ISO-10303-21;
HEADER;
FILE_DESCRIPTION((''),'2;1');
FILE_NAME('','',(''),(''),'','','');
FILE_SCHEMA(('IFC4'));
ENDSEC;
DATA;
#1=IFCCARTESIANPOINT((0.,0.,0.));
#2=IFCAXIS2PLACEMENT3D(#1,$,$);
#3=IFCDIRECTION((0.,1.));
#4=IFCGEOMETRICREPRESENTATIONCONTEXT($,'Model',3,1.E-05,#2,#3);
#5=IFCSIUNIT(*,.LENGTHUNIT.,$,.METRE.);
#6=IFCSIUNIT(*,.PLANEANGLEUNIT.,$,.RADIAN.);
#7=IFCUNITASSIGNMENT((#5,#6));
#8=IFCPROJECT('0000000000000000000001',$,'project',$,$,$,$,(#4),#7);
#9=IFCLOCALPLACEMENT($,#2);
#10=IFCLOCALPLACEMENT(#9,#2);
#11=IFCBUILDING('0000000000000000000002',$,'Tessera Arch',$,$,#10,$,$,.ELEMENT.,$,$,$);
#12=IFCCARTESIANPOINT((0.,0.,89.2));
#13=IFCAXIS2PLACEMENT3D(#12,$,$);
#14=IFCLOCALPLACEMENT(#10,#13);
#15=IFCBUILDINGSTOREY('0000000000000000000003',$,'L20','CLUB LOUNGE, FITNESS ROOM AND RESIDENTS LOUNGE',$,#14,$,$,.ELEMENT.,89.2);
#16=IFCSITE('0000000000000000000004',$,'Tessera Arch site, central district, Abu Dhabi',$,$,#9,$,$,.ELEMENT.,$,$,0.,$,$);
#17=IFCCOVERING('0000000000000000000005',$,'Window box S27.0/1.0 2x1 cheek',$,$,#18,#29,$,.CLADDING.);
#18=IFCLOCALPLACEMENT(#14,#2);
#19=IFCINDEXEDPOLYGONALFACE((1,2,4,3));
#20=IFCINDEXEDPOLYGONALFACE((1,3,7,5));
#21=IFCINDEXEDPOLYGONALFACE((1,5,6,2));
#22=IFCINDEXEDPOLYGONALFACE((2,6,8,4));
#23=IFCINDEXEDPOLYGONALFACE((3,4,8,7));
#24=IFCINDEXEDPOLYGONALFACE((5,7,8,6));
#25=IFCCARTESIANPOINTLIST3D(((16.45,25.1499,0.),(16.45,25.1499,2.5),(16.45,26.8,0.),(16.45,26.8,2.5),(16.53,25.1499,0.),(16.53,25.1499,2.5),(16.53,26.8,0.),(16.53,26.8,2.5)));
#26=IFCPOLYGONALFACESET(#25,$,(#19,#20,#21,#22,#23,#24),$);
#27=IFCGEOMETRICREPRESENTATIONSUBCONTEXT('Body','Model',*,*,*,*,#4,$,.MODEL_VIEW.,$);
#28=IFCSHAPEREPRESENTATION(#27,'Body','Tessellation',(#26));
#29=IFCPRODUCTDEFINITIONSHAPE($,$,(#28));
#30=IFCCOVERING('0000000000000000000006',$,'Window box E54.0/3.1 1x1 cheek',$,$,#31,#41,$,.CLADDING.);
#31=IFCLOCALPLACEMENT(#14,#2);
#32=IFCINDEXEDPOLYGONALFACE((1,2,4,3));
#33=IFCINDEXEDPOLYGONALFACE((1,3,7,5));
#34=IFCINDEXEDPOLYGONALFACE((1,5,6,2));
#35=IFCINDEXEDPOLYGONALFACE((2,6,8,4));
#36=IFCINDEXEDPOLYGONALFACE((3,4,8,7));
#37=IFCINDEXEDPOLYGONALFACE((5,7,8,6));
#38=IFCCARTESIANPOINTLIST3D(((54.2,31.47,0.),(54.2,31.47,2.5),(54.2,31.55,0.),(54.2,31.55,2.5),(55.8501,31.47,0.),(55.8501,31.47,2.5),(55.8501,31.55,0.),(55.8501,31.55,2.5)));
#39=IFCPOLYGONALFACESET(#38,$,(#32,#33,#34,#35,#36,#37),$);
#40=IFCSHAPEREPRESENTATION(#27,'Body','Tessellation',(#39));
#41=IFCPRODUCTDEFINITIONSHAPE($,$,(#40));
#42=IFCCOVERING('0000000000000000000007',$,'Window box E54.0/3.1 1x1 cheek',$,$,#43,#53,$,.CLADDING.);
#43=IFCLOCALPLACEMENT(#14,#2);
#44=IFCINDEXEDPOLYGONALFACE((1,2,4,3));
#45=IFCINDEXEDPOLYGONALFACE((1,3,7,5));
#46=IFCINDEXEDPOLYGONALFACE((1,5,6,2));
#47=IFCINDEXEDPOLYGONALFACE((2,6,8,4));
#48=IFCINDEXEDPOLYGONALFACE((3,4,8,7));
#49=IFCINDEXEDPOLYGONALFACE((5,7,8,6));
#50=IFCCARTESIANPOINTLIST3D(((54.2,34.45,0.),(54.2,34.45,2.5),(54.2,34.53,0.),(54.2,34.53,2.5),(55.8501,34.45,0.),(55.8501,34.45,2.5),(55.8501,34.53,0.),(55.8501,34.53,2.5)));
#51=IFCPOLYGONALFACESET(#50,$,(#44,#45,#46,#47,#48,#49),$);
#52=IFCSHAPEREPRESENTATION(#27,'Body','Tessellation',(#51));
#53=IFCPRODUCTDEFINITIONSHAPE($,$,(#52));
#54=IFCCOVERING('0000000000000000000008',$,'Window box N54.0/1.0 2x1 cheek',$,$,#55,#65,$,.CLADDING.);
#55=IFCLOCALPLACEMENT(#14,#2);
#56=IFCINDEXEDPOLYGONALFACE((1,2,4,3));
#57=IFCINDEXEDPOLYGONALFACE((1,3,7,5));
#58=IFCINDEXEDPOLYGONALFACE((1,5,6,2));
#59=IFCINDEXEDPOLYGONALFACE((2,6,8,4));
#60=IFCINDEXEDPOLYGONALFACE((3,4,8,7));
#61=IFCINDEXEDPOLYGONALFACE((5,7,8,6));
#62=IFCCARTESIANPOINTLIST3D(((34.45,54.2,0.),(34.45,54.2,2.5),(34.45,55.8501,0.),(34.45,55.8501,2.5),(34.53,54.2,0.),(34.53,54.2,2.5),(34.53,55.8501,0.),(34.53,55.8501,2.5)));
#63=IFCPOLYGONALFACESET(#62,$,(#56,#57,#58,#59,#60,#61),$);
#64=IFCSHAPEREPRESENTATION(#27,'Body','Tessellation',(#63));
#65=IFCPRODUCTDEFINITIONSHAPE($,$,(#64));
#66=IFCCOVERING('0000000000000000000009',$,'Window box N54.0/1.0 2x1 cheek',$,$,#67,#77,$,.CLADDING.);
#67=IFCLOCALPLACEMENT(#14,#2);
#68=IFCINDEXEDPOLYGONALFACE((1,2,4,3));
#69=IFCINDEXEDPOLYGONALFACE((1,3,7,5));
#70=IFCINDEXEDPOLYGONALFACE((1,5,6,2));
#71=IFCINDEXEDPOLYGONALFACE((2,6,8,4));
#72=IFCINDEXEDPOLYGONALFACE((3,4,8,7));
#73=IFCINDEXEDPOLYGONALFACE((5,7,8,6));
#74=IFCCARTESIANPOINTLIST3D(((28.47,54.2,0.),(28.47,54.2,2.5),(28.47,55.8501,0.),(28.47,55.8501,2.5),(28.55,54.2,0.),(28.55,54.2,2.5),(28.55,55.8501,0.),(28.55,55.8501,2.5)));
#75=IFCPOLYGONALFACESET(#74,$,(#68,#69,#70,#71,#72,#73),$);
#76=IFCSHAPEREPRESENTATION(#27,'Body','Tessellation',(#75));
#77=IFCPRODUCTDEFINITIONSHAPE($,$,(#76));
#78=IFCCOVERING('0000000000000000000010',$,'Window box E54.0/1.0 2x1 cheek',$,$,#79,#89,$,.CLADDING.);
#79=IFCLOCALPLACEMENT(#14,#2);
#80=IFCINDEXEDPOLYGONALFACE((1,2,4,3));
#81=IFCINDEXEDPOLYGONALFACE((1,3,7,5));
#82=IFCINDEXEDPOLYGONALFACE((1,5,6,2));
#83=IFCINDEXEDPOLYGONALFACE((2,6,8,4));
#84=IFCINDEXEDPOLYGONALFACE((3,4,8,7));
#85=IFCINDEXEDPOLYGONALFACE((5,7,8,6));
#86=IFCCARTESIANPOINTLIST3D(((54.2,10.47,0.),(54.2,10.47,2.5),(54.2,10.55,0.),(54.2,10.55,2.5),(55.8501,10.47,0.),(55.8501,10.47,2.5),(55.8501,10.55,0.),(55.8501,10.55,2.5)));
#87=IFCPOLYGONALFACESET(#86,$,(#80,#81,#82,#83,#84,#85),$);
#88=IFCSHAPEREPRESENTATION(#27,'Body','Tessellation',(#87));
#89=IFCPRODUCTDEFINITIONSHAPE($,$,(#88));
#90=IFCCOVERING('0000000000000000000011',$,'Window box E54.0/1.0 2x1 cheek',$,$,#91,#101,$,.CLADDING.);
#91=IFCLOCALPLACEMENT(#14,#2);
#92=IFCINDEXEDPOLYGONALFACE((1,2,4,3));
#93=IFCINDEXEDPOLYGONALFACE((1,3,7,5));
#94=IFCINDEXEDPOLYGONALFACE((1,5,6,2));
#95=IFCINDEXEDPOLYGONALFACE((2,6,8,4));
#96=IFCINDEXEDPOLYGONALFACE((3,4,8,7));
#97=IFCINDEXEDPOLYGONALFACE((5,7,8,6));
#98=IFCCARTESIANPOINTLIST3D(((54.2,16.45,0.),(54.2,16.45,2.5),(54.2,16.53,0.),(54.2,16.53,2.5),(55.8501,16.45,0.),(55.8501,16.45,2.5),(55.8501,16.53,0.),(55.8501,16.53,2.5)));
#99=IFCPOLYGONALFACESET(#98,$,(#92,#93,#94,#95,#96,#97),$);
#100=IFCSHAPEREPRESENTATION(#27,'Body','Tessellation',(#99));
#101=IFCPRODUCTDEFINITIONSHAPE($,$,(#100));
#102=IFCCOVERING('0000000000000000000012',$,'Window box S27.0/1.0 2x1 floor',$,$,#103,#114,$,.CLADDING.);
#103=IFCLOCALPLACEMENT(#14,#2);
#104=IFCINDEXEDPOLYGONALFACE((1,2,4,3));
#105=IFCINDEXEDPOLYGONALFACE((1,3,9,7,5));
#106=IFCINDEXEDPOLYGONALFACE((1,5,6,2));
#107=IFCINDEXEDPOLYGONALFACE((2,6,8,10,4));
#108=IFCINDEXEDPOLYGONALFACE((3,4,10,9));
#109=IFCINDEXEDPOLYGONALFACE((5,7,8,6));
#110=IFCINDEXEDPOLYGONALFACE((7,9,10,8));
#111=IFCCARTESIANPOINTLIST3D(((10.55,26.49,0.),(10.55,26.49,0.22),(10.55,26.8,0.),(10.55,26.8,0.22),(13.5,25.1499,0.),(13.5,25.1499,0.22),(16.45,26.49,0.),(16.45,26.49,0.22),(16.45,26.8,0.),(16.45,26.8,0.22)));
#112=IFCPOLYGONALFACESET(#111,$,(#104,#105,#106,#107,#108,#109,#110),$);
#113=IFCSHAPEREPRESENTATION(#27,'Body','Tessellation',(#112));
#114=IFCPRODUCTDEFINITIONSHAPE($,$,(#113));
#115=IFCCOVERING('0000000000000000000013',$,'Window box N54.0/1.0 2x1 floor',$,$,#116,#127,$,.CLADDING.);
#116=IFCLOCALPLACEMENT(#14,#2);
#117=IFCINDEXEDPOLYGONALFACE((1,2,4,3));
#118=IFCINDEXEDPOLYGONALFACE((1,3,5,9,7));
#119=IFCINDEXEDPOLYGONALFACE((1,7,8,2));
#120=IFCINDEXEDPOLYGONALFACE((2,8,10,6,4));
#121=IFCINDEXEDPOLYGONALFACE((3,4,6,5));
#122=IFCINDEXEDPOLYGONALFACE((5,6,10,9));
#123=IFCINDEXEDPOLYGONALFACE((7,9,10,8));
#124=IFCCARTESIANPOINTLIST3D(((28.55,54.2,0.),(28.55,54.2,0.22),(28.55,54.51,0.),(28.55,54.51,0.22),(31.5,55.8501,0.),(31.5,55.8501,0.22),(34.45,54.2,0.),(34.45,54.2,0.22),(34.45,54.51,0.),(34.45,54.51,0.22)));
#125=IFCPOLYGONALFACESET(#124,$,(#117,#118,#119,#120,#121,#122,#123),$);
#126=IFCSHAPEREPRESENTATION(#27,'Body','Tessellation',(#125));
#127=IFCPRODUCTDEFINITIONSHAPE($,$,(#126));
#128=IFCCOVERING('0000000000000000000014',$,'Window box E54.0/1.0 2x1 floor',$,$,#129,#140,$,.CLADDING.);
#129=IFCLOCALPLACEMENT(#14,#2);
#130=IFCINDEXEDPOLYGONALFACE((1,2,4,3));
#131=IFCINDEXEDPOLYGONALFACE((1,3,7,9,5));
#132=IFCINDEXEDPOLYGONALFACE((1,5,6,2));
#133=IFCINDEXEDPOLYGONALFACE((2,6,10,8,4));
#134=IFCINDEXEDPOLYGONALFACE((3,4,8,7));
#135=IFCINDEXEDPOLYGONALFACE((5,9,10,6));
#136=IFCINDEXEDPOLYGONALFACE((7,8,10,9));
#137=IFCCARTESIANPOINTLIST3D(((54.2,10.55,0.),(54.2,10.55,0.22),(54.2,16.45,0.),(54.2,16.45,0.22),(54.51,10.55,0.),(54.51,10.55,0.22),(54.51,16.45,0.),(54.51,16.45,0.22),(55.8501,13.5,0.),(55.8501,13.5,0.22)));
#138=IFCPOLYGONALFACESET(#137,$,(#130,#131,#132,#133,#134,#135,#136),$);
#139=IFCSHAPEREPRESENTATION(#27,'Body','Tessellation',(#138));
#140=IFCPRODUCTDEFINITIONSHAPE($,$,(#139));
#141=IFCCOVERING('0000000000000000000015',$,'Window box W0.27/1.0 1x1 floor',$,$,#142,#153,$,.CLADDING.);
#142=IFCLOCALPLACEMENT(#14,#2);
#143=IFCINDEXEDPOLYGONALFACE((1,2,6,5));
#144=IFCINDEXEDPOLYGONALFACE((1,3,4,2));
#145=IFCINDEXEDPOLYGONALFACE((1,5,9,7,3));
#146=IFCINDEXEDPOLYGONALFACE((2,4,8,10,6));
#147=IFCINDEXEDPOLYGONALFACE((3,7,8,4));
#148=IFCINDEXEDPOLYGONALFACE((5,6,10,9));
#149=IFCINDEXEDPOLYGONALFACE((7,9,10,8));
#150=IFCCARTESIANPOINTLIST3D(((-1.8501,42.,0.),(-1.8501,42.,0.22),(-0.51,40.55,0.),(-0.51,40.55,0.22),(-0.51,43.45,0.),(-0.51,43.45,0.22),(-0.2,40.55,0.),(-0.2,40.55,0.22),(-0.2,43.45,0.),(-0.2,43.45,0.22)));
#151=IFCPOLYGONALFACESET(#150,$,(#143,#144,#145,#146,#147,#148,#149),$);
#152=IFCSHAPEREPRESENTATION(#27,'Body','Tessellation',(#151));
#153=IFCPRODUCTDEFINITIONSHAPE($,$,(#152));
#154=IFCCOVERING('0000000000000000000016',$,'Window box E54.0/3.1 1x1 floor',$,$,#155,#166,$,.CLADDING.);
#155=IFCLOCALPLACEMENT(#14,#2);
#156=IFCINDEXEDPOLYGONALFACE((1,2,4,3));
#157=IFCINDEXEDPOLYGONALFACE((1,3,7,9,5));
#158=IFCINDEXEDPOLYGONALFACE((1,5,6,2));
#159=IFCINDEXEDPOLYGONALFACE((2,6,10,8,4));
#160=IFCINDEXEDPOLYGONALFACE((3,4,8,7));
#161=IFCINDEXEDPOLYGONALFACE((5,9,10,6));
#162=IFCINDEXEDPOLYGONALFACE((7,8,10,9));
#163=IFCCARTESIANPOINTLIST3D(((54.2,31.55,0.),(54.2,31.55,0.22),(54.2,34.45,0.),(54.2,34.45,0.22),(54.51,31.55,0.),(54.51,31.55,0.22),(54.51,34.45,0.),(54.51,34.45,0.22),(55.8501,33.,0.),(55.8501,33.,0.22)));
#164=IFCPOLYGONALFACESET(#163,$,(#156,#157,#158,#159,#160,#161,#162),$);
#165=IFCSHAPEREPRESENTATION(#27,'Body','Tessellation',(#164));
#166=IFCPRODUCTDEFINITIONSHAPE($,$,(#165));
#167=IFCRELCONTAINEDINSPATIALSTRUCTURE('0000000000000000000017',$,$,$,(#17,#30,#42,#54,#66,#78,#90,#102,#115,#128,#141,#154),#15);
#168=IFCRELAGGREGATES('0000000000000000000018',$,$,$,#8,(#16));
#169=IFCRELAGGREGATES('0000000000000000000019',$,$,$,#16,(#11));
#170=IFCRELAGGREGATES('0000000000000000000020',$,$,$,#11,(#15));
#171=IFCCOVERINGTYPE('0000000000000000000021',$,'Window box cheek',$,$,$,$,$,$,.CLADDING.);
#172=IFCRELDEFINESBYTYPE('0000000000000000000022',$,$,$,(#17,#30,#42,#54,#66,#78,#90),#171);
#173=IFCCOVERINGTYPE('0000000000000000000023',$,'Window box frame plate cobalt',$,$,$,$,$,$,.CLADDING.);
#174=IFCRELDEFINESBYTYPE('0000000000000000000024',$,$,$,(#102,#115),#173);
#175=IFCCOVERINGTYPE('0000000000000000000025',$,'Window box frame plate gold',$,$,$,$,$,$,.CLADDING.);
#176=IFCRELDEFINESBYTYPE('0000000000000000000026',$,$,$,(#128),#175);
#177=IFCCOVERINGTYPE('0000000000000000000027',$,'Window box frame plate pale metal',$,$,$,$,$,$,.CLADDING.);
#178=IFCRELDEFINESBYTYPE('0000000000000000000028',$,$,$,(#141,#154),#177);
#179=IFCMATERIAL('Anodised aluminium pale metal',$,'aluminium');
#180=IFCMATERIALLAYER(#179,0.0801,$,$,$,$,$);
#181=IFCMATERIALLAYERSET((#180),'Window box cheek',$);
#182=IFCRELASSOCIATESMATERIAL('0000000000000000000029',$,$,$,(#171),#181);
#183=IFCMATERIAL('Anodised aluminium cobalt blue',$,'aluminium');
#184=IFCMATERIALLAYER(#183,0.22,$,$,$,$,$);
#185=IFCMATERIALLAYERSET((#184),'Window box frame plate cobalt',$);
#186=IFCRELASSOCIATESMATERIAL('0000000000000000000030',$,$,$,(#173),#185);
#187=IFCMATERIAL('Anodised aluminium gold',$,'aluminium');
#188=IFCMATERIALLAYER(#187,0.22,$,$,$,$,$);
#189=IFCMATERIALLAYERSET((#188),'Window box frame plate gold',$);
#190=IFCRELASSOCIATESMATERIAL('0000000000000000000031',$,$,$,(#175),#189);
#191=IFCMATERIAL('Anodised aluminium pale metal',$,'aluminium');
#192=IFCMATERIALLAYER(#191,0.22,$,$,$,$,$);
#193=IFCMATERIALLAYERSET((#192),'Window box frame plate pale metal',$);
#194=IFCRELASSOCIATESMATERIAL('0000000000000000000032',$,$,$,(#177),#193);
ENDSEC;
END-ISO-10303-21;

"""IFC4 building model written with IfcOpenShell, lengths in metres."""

from ifc_helpers import new_model, si_unit, direction, frame, origin, place, context, subcontext, project, spatial, polyline, outline, extrude, material, layer, layer_set, type_object, element, save


model = new_model("IFC4")

# Units and contexts
model_context = context("Model", 3, precision=1e-05, world=origin(), true_north=direction((0.0, 1.0)))
body_context = subcontext(model_context, "Body", "Model", "MODEL_VIEW")
ifc_project = project(units=[si_unit("LENGTHUNIT", "METRE"), si_unit("PLANEANGLEUNIT", "RADIAN")], contexts=[model_context])

# Site, building, storey
site_placement = place(None, origin())
site = spatial("IfcSite", under=ifc_project, at=site_placement, Name="Tessera Arch site, central district, Abu Dhabi", CompositionType="ELEMENT", RefElevation=0.0)
building_placement = place(site_placement, origin())
building = spatial("IfcBuilding", under=site, at=building_placement, Name="Tessera Arch", CompositionType="ELEMENT")
storey_placement = place(building_placement, frame((0.0, 0.0, 89.2)))
storey = spatial("IfcBuildingStorey", under=building, at=storey_placement, Name="L20", Description="CLUB LOUNGE, FITNESS ROOM AND RESIDENTS LOUNGE", CompositionType="ELEMENT", Elevation=89.2)

# Coverings
ifc_material_1 = material(Name="Anodised aluminium pale metal", Category="aluminium")
ifc_layer_1 = layer(ifc_material_1, 0.0801)
ifc_layer_set_1 = layer_set([ifc_layer_1], Name="Window box cheek")
covering_type_1 = type_object("IfcCoveringType", Name="Window box cheek", PredefinedType="CLADDING", material=ifc_layer_set_1)
covering_1_placement = place(storey_placement, origin())
element("IfcCovering", 1, at=covering_1_placement, inside=storey, type_object=covering_type_1, Name="Window box S27.0/1.0 2x1 cheek", PredefinedType="CLADDING", context=body_context, shape_type="SweptSolid", body=[
    extrude(outline(polyline([(16.45, 25.1499), (16.53, 25.1499), (16.53, 26.8), (16.45, 26.8), (16.45, 25.1499)])), origin(), (0.0, 0.0, 1.0), 2.5),
])
covering_2_placement = place(storey_placement, origin())
element("IfcCovering", 2, at=covering_2_placement, inside=storey, type_object=covering_type_1, Name="Window box E54.0/3.1 1x1 cheek", PredefinedType="CLADDING", context=body_context, shape_type="SweptSolid", body=[
    extrude(outline(polyline([(55.8501, 31.47), (55.8501, 31.55), (54.2, 31.55), (54.2, 31.47), (55.8501, 31.47)])), origin(), (0.0, 0.0, 1.0), 2.5),
])
covering_3_placement = place(storey_placement, origin())
element("IfcCovering", 3, at=covering_3_placement, inside=storey, type_object=covering_type_1, Name="Window box E54.0/3.1 1x1 cheek", PredefinedType="CLADDING", context=body_context, shape_type="SweptSolid", body=[
    extrude(outline(polyline([(55.8501, 34.45), (55.8501, 34.53), (54.2, 34.53), (54.2, 34.45), (55.8501, 34.45)])), origin(), (0.0, 0.0, 1.0), 2.5),
])
covering_4_placement = place(storey_placement, origin())
element("IfcCovering", 4, at=covering_4_placement, inside=storey, type_object=covering_type_1, Name="Window box N54.0/1.0 2x1 cheek", PredefinedType="CLADDING", context=body_context, shape_type="SweptSolid", body=[
    extrude(outline(polyline([(34.53, 55.8501), (34.45, 55.8501), (34.45, 54.2), (34.53, 54.2), (34.53, 55.8501)])), origin(), (0.0, 0.0, 1.0), 2.5),
])
covering_5_placement = place(storey_placement, origin())
element("IfcCovering", 5, at=covering_5_placement, inside=storey, type_object=covering_type_1, Name="Window box N54.0/1.0 2x1 cheek", PredefinedType="CLADDING", context=body_context, shape_type="SweptSolid", body=[
    extrude(outline(polyline([(28.55, 55.8501), (28.47, 55.8501), (28.47, 54.2), (28.55, 54.2), (28.55, 55.8501)])), origin(), (0.0, 0.0, 1.0), 2.5),
])
covering_6_placement = place(storey_placement, origin())
element("IfcCovering", 6, at=covering_6_placement, inside=storey, type_object=covering_type_1, Name="Window box E54.0/1.0 2x1 cheek", PredefinedType="CLADDING", context=body_context, shape_type="SweptSolid", body=[
    extrude(outline(polyline([(55.8501, 10.47), (55.8501, 10.55), (54.2, 10.55), (54.2, 10.47), (55.8501, 10.47)])), origin(), (0.0, 0.0, 1.0), 2.5),
])
covering_7_placement = place(storey_placement, origin())
element("IfcCovering", 7, at=covering_7_placement, inside=storey, type_object=covering_type_1, Name="Window box E54.0/1.0 2x1 cheek", PredefinedType="CLADDING", context=body_context, shape_type="SweptSolid", body=[
    extrude(outline(polyline([(55.8501, 16.45), (55.8501, 16.53), (54.2, 16.53), (54.2, 16.45), (55.8501, 16.45)])), origin(), (0.0, 0.0, 1.0), 2.5),
])
ifc_material_2 = material(Name="Anodised aluminium cobalt blue", Category="aluminium")
ifc_layer_2 = layer(ifc_material_2, 0.22)
ifc_layer_set_2 = layer_set([ifc_layer_2], Name="Window box frame plate cobalt")
covering_type_2 = type_object("IfcCoveringType", Name="Window box frame plate cobalt", PredefinedType="CLADDING", material=ifc_layer_set_2)
covering_8_placement = place(storey_placement, origin())
element("IfcCovering", 8, at=covering_8_placement, inside=storey, type_object=covering_type_2, Name="Window box S27.0/1.0 2x1 floor", PredefinedType="CLADDING", context=body_context, shape_type="SweptSolid", body=[
    extrude(outline(polyline([(10.55, 26.49), (13.5, 25.1499), (16.45, 26.49), (16.45, 26.8), (10.55, 26.8), (10.55, 26.49)])), origin(), (0.0, 0.0, 1.0), 0.22),
])
covering_9_placement = place(storey_placement, origin())
element("IfcCovering", 9, at=covering_9_placement, inside=storey, type_object=covering_type_2, Name="Window box N54.0/1.0 2x1 floor", PredefinedType="CLADDING", context=body_context, shape_type="SweptSolid", body=[
    extrude(outline(polyline([(34.45, 54.51), (31.5, 55.8501), (28.55, 54.51), (28.55, 54.2), (34.45, 54.2), (34.45, 54.51)])), origin(), (0.0, 0.0, 1.0), 0.22),
])
ifc_material_3 = material(Name="Anodised aluminium gold", Category="aluminium")
ifc_layer_3 = layer(ifc_material_3, 0.22)
ifc_layer_set_3 = layer_set([ifc_layer_3], Name="Window box frame plate gold")
covering_type_3 = type_object("IfcCoveringType", Name="Window box frame plate gold", PredefinedType="CLADDING", material=ifc_layer_set_3)
covering_10_placement = place(storey_placement, origin())
element("IfcCovering", 10, at=covering_10_placement, inside=storey, type_object=covering_type_3, Name="Window box E54.0/1.0 2x1 floor", PredefinedType="CLADDING", context=body_context, shape_type="SweptSolid", body=[
    extrude(outline(polyline([(54.51, 10.55), (55.8501, 13.5), (54.51, 16.45), (54.2, 16.45), (54.2, 10.55), (54.51, 10.55)])), origin(), (0.0, 0.0, 1.0), 0.22),
])
ifc_material_4 = material(Name="Anodised aluminium pale metal", Category="aluminium")
ifc_layer_4 = layer(ifc_material_4, 0.22)
ifc_layer_set_4 = layer_set([ifc_layer_4], Name="Window box frame plate pale metal")
covering_type_4 = type_object("IfcCoveringType", Name="Window box frame plate pale metal", PredefinedType="CLADDING", material=ifc_layer_set_4)
covering_11_placement = place(storey_placement, origin())
element("IfcCovering", 11, at=covering_11_placement, inside=storey, type_object=covering_type_4, Name="Window box W0.27/1.0 1x1 floor", PredefinedType="CLADDING", context=body_context, shape_type="SweptSolid", body=[
    extrude(outline(polyline([(-0.51, 43.45), (-1.8501, 42.0), (-0.51, 40.55), (-0.2, 40.55), (-0.2, 43.45), (-0.51, 43.45)])), origin(), (0.0, 0.0, 1.0), 0.22),
])
covering_12_placement = place(storey_placement, origin())
element("IfcCovering", 12, at=covering_12_placement, inside=storey, type_object=covering_type_4, Name="Window box E54.0/3.1 1x1 floor", PredefinedType="CLADDING", context=body_context, shape_type="SweptSolid", body=[
    extrude(outline(polyline([(54.51, 31.55), (55.8501, 33.0), (54.51, 34.45), (54.2, 34.45), (54.2, 31.55), (54.51, 31.55)])), origin(), (0.0, 0.0, 1.0), 0.22),
])

save(model, "model.ifc")
